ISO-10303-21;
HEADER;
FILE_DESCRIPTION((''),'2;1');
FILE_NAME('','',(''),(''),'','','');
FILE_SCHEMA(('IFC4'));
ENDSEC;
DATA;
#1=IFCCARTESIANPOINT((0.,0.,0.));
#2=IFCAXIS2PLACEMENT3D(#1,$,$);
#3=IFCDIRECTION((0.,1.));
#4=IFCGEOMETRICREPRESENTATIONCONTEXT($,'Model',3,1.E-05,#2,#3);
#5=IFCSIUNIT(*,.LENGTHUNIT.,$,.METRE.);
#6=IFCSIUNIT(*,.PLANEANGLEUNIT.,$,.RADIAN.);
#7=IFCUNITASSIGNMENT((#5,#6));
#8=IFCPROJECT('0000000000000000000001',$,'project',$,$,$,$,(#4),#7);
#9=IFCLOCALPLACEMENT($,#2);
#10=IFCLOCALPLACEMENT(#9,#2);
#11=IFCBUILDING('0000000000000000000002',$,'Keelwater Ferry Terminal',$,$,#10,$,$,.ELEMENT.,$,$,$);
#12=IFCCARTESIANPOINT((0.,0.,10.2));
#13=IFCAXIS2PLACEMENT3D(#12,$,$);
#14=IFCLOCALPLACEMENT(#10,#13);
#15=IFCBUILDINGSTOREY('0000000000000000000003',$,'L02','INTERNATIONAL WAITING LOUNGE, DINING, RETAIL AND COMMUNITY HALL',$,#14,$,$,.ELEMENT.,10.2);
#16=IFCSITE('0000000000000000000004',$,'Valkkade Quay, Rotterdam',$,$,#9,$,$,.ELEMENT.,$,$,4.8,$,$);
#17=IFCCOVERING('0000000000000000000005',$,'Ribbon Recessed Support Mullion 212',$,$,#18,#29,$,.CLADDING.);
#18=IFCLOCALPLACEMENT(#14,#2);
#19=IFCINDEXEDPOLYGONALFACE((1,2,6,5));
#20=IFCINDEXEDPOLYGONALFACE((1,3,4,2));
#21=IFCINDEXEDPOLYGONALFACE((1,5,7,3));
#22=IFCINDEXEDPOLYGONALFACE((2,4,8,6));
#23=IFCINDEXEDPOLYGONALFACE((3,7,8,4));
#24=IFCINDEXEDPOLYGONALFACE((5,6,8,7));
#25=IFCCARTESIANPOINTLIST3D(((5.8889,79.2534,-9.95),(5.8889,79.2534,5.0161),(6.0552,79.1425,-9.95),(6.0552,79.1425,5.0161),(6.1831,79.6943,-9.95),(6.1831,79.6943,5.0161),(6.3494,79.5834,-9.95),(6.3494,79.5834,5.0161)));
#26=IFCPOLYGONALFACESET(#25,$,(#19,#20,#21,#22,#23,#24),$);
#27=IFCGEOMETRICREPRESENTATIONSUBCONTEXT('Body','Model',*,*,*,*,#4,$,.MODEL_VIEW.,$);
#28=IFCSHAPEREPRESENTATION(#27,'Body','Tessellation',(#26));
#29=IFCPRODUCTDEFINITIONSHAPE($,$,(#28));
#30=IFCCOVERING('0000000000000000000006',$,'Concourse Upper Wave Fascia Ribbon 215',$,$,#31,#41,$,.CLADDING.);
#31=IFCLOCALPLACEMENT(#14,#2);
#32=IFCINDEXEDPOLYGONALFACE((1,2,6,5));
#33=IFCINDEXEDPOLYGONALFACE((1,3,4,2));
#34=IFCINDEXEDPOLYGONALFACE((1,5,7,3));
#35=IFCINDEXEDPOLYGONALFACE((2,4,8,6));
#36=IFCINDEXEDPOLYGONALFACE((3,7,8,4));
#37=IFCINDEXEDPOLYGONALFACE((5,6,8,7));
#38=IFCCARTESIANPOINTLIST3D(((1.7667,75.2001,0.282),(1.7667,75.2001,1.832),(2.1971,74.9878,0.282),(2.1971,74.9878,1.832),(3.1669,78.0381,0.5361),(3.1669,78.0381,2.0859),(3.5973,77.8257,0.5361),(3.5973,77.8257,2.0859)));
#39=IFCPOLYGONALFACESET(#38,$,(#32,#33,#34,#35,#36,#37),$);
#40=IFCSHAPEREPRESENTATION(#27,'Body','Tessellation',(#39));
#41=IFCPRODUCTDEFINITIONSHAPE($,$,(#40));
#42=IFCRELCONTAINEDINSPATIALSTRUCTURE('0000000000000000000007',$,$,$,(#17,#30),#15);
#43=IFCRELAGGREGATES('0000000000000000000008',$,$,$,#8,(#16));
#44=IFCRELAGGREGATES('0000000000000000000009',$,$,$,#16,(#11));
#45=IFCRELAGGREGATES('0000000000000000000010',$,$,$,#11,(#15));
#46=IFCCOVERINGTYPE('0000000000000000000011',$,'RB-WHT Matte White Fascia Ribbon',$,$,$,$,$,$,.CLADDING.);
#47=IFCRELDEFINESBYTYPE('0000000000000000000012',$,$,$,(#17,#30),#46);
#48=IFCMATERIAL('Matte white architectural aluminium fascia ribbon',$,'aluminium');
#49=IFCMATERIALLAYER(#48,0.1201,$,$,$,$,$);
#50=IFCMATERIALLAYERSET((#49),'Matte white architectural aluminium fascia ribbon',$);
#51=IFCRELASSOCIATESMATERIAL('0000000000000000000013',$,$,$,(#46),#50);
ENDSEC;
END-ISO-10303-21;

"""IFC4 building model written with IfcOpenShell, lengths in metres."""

from ifc_helpers import new_model, si_unit, direction, frame, origin, place, context, subcontext, project, spatial, polyline, outline, extrude, material, layer, layer_set, type_object, element, save


model = new_model("IFC4")

# Units and contexts
model_context = context("Model", 3, precision=1e-05, world=origin(), true_north=direction((0.0, 1.0)))
body_context = subcontext(model_context, "Body", "Model", "MODEL_VIEW")
ifc_project = project(units=[si_unit("LENGTHUNIT", "METRE"), si_unit("PLANEANGLEUNIT", "RADIAN")], contexts=[model_context])

# Site, building, storey
site_placement = place(None, origin())
site = spatial("IfcSite", under=ifc_project, at=site_placement, Name="Valkkade Quay, Rotterdam", CompositionType="ELEMENT", RefElevation=4.8)
building_placement = place(site_placement, origin())
building = spatial("IfcBuilding", under=site, at=building_placement, Name="Keelwater Ferry Terminal", CompositionType="ELEMENT")
storey_placement = place(building_placement, frame((0.0, 0.0, 10.2)))
storey = spatial("IfcBuildingStorey", under=building, at=storey_placement, Name="L02", Description="INTERNATIONAL WAITING LOUNGE, DINING, RETAIL AND COMMUNITY HALL", CompositionType="ELEMENT", Elevation=10.2)

# Coverings
ifc_material_1 = material(Name="Matte white architectural aluminium fascia ribbon", Category="aluminium")
ifc_layer_1 = layer(ifc_material_1, 0.1201)
ifc_layer_set_1 = layer_set([ifc_layer_1], Name="Matte white architectural aluminium fascia ribbon")
covering_type = type_object("IfcCoveringType", Name="RB-WHT Matte White Fascia Ribbon", PredefinedType="CLADDING", material=ifc_layer_set_1)
covering_1_placement = place(storey_placement, frame((6.2661, 79.6389, -9.95), z_axis=(0.0, 0.0, 1.0), x_axis=(-0.555019, -0.831838, 0.0)))
element("IfcCovering", 1, at=covering_1_placement, inside=storey, type_object=covering_type, Name="Ribbon Recessed Support Mullion 212", PredefinedType="CLADDING", context=body_context, shape_type="SweptSolid", body=[
    extrude(outline(polyline([(0.0, 0.0), (0.53, 0.0), (0.53, 14.9661), (0.0, 14.9661), (0.0, 0.0)])), frame((0.0, 0.1001, 0.0), z_axis=(0.0, -1.0, 0.0), x_axis=(1.0, 0.0, 0.0)), (0.0, 0.0, 1.0), 0.2),
])
covering_2_placement = place(storey_placement, frame((3.3821, 77.9319, 0.282), z_axis=(0.0, 0.0, 1.0), x_axis=(-0.442455, -0.896791, 0.0)))
element("IfcCovering", 2, at=covering_2_placement, inside=storey, type_object=covering_type, Name="Concourse Upper Wave Fascia Ribbon 215", PredefinedType="CLADDING", context=body_context, shape_type="SweptSolid", body=[
    extrude(outline(polyline([(0.0, 0.2542), (3.1646, 0.0), (3.1646, 1.55), (0.0, 1.804), (0.0, 0.2542)])), frame((0.0, 0.24, 0.0), z_axis=(0.0, -1.0, 0.0), x_axis=(1.0, 0.0, 0.0)), (0.0, 0.0, 1.0), 0.48),
])

save(model, "model.ifc")
